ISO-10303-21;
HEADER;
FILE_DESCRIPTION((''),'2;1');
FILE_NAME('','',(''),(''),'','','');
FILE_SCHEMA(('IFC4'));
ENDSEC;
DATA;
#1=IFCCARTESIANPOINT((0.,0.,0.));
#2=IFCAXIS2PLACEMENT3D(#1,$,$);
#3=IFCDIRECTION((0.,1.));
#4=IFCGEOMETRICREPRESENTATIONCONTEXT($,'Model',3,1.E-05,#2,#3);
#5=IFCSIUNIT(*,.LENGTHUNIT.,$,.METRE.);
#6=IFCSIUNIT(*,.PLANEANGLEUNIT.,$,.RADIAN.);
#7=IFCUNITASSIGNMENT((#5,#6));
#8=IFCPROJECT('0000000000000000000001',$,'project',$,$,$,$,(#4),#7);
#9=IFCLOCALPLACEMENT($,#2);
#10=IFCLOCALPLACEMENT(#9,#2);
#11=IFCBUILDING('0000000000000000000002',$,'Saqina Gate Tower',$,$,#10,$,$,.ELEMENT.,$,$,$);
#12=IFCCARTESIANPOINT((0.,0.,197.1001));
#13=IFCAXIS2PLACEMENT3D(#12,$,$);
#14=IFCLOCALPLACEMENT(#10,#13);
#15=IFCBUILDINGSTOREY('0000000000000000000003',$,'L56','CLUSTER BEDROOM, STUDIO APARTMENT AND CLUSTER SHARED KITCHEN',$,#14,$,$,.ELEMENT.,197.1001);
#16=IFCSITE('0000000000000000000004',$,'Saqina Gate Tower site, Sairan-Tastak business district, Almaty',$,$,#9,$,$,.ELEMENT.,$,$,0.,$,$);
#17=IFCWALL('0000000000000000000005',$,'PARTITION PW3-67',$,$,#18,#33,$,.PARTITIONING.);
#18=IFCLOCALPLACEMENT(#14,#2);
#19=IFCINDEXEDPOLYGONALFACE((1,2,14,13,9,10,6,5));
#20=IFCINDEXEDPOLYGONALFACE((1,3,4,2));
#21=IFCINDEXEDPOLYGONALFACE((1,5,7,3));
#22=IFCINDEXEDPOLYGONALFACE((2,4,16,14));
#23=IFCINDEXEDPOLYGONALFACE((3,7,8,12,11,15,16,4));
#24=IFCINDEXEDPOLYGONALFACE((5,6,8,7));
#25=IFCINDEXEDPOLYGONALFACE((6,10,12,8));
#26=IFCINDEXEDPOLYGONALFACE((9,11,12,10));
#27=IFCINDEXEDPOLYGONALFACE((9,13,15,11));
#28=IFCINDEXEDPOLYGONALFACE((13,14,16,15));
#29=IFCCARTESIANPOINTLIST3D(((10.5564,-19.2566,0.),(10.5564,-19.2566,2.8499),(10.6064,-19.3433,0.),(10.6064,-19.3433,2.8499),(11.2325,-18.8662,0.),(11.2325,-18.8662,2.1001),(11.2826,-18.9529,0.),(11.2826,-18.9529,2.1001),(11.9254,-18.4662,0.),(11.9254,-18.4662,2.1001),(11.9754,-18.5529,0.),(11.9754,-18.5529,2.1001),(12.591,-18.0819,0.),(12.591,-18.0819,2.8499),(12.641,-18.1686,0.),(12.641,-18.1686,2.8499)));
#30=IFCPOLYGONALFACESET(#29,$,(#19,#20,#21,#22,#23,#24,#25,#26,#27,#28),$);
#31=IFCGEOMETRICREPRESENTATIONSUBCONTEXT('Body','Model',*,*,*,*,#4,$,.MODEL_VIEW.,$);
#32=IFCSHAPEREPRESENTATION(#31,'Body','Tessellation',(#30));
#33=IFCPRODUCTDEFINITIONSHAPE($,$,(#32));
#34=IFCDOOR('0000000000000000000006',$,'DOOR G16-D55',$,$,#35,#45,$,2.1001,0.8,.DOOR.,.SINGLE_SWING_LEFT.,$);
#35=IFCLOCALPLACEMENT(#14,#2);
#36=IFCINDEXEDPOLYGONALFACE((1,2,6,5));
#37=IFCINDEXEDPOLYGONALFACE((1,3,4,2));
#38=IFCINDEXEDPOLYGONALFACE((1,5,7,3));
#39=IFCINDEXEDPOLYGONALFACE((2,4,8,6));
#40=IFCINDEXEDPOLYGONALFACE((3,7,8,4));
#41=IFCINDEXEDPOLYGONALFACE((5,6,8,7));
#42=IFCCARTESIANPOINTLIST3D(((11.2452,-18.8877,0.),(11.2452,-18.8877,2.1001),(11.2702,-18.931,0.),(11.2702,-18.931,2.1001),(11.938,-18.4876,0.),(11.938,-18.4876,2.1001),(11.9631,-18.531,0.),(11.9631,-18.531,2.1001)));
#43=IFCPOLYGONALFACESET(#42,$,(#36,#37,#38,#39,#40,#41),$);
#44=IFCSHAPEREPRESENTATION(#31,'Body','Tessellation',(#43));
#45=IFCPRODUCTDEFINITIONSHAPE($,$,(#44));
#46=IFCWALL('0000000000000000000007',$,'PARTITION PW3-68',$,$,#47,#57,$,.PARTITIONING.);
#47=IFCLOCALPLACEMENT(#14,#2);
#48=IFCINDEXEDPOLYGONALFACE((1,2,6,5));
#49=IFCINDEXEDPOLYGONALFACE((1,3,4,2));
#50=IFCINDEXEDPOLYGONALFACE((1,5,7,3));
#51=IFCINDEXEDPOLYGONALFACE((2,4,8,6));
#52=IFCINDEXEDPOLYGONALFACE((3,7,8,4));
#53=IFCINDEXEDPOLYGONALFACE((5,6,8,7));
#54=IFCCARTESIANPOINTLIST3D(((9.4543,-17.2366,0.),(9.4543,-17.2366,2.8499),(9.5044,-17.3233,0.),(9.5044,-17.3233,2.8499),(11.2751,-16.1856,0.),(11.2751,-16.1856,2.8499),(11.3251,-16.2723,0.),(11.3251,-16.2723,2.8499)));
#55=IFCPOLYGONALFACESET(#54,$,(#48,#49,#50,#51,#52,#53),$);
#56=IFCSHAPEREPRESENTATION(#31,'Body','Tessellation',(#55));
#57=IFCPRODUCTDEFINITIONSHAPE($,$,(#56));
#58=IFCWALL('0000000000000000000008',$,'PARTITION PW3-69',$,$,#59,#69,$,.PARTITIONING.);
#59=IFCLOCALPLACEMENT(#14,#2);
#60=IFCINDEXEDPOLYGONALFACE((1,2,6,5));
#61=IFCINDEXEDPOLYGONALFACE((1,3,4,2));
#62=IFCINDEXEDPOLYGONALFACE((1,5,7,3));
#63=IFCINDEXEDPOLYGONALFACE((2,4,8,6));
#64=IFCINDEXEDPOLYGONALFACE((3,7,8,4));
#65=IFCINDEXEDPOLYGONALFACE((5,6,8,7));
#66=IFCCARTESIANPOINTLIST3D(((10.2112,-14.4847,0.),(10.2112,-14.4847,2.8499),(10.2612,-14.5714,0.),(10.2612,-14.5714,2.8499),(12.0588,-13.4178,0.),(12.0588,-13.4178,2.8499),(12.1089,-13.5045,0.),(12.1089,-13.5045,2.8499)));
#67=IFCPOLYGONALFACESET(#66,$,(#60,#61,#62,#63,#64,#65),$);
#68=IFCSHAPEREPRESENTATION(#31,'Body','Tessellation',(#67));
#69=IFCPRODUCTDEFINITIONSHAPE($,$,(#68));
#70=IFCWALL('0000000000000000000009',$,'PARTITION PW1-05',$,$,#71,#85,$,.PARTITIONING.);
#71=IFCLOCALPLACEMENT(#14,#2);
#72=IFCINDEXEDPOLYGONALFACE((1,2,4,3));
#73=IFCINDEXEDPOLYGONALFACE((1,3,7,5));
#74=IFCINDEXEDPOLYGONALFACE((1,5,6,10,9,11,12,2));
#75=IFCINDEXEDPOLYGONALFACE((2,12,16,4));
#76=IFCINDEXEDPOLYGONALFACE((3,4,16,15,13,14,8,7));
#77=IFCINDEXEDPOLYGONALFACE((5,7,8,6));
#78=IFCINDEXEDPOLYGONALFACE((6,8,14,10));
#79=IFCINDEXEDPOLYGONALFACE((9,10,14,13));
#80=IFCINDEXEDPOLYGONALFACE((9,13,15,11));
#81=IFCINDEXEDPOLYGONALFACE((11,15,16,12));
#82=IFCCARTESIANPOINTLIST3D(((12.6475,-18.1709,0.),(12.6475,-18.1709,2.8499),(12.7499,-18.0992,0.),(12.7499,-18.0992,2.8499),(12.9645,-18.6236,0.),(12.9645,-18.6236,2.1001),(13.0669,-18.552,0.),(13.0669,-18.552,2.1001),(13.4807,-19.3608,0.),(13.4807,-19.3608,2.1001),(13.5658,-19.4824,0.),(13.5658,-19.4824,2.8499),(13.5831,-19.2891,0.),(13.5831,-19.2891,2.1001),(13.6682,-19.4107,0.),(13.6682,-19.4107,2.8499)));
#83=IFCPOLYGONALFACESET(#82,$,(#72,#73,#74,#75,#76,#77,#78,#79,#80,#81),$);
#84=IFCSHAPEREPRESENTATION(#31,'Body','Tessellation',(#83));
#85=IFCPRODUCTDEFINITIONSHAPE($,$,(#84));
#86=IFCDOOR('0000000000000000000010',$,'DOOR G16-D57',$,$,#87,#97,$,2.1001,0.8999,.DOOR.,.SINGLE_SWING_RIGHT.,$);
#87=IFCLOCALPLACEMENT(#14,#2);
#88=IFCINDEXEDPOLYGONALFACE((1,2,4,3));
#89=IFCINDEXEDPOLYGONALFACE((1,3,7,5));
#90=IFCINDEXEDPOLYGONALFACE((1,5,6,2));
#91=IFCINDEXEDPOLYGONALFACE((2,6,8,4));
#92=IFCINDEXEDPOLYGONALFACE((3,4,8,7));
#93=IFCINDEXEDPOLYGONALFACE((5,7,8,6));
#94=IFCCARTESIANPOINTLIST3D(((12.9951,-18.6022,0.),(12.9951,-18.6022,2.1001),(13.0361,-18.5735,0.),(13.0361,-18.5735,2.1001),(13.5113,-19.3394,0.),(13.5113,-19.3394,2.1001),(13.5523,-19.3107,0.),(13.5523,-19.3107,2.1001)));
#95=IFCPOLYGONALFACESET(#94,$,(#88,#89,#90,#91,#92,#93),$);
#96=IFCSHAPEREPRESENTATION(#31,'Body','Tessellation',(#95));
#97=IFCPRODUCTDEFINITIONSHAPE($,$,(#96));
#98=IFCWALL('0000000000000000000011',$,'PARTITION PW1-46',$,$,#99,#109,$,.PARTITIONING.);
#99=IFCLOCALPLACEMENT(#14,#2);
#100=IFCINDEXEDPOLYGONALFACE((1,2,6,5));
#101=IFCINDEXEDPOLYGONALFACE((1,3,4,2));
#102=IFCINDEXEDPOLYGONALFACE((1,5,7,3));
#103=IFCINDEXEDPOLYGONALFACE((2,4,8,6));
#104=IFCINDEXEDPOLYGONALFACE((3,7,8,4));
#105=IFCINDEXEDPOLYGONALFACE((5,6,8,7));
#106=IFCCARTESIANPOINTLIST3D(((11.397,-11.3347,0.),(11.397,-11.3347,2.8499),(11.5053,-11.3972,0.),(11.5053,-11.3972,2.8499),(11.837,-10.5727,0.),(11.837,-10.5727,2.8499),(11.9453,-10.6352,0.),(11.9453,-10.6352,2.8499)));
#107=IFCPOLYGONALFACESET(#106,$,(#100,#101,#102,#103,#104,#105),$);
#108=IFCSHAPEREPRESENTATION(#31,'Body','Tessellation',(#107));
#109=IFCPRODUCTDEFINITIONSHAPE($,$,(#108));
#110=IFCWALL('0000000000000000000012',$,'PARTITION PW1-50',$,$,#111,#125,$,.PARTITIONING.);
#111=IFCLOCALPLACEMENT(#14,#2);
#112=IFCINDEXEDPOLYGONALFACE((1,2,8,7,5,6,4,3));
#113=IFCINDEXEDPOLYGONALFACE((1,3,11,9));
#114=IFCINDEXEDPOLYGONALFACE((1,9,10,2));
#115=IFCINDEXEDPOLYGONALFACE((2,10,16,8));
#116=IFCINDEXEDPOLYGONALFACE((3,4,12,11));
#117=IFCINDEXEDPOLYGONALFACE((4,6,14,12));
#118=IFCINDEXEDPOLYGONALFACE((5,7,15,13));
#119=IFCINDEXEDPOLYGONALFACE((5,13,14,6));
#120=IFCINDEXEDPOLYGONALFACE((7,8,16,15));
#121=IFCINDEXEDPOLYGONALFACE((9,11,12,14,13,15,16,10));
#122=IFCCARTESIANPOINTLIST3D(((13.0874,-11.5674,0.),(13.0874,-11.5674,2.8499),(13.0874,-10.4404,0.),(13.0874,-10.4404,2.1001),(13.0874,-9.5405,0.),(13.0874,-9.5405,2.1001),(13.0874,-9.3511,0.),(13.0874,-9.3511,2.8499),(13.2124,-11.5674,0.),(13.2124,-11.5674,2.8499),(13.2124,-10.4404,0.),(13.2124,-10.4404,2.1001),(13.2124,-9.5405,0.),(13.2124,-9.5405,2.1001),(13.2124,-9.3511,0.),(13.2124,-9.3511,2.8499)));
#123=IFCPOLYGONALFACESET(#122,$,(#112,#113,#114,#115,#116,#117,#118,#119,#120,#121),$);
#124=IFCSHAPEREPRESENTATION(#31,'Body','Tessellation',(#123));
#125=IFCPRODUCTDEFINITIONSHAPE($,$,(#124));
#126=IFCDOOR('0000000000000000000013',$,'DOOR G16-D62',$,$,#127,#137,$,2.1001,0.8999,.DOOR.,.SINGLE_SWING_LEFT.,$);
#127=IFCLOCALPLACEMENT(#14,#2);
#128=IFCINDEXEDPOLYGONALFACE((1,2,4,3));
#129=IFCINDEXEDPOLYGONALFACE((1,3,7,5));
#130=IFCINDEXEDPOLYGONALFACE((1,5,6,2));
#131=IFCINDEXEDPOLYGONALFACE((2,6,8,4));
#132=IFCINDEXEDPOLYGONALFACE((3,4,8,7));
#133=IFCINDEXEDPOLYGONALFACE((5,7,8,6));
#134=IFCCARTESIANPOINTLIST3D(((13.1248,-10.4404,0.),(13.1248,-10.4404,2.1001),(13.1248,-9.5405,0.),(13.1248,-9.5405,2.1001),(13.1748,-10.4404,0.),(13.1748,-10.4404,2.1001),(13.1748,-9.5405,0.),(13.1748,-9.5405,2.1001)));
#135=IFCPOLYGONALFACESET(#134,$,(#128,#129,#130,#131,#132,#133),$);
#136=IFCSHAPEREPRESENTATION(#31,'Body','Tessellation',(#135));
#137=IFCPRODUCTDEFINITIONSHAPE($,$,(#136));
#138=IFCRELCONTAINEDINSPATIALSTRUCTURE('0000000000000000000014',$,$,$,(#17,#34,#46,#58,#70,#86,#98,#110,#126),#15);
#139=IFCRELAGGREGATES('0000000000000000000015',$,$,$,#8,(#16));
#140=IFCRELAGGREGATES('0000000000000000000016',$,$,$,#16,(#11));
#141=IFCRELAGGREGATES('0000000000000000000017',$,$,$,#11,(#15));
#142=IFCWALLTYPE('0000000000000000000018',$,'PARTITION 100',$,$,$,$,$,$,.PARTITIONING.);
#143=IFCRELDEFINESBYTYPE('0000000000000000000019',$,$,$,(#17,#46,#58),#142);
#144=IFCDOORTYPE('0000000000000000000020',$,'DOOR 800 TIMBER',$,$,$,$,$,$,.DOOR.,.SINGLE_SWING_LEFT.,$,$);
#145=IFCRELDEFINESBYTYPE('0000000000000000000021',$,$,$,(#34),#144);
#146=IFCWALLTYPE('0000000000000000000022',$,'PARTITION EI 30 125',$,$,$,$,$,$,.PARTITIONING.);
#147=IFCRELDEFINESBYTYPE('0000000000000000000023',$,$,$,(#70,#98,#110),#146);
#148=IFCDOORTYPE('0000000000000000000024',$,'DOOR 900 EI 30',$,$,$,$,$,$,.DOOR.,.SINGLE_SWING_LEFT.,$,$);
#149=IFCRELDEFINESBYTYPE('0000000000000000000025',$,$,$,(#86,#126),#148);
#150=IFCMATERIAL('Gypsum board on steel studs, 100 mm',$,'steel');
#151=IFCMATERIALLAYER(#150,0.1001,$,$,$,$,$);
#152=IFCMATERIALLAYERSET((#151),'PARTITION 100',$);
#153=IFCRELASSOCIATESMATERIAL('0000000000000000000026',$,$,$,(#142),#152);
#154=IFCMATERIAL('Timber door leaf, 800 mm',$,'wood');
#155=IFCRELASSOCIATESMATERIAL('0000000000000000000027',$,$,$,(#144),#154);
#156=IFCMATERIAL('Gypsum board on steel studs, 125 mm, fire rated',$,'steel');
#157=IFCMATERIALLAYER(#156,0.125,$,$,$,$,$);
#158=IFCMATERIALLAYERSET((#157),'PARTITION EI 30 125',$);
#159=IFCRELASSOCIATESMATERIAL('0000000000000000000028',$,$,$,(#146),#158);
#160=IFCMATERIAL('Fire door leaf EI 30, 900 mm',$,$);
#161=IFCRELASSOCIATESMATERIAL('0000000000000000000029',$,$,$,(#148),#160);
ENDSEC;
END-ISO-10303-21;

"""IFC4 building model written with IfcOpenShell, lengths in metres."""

from ifc_helpers import new_model, si_unit, direction, frame, frame_2d, origin, place, context, subcontext, project, spatial, rectangle, extrude, material, layer, layer_set, type_object, element, fill, save


model = new_model("IFC4")

# Units and contexts
model_context = context("Model", 3, precision=1e-05, world=origin(), true_north=direction((0.0, 1.0)))
body_context = subcontext(model_context, "Body", "Model", "MODEL_VIEW")
ifc_project = project(units=[si_unit("LENGTHUNIT", "METRE"), si_unit("PLANEANGLEUNIT", "RADIAN")], contexts=[model_context])

# Site, building, storey
site_placement = place(None, origin())
site = spatial("IfcSite", under=ifc_project, at=site_placement, Name="Saqina Gate Tower site, Sairan-Tastak business district, Almaty", CompositionType="ELEMENT", RefElevation=0.0)
building_placement = place(site_placement, origin())
building = spatial("IfcBuilding", under=site, at=building_placement, Name="Saqina Gate Tower", CompositionType="ELEMENT")
storey_placement = place(building_placement, frame((0.0, 0.0, 197.1001)))
storey = spatial("IfcBuildingStorey", under=building, at=storey_placement, Name="L56", Description="CLUSTER BEDROOM, STUDIO APARTMENT AND CLUSTER SHARED KITCHEN", CompositionType="ELEMENT", Elevation=197.1001)

# Shared definitions
ifc_material_1 = material(Name="Gypsum board on steel studs, 100 mm", Category="steel")
ifc_layer_1 = layer(ifc_material_1, 0.1001)
ifc_layer_set_1 = layer_set([ifc_layer_1], Name="PARTITION 100")
wall_type_1 = type_object("IfcWallType", Name="PARTITION 100", PredefinedType="PARTITIONING", material=ifc_layer_set_1)

# Shared definitions
ifc_material_2 = material(Name="Timber door leaf, 800 mm", Category="wood")
door_type_1 = type_object("IfcDoorType", Name="DOOR 800 TIMBER", OperationType="SINGLE_SWING_LEFT", PredefinedType="DOOR", material=ifc_material_2)

# Wall, opening, door
wall_1_placement = place(storey_placement, frame((10.5813, -19.3, 0.0), z_axis=(0.0, 0.0, 1.0), x_axis=(0.866009, 0.500028, 0.0)))
wall_1 = element("IfcWall", 1, at=wall_1_placement, inside=storey, type_object=wall_type_1, Name="PARTITION PW3-67", PredefinedType="PARTITIONING", context=body_context, shape_type="SweptSolid", body=[
    extrude(rectangle(XDim=2.3494, YDim=0.1001, at=frame_2d((1.1748, 0.0))), origin(), (0.0, 0.0, 1.0), 2.8499),
])
opening_1_placement = place(wall_1_placement, frame((0.781, 0.0, 0.0)))
opening_1 = element("IfcOpeningElement", 2, at=opening_1_placement, cuts=wall_1, PredefinedType="OPENING", context=body_context, shape_type="SweptSolid", body=[
    extrude(rectangle(XDim=0.8, YDim=2.1001, at=frame_2d((0.3999, 1.05))), frame((0.0, 0.062, 0.0), z_axis=(0.0, -1.0, 0.0), x_axis=(1.0, 0.0, 0.0)), (0.0, 0.0, 1.0), 0.124),
])
door_1_placement = place(opening_1_placement, frame((0.8, 0.0, 0.0), z_axis=(0.0, 0.0, 1.0), x_axis=(-1.0, 0.0, 0.0)))
door_1 = element("IfcDoor", 3, at=door_1_placement, inside=storey, type_object=door_type_1, Name="DOOR G16-D55", OperationType="SINGLE_SWING_LEFT", OverallHeight=2.1001, OverallWidth=0.8, PredefinedType="DOOR", context=body_context, shape_type="SweptSolid", body=[
    extrude(rectangle(XDim=0.8, YDim=2.1001, at=frame_2d((0.3999, 1.05))), frame((0.0, 0.0249, 0.0), z_axis=(0.0, -1.0, 0.0), x_axis=(1.0, 0.0, 0.0)), (0.0, 0.0, 1.0), 0.05),
])
fill(opening_1, door_1)

# Walls
wall_2_placement = place(storey_placement, frame((9.4792, -17.28, 0.0), z_axis=(0.0, 0.0, 1.0), x_axis=(0.86607, 0.499924, 0.0)))
element("IfcWall", 4, at=wall_2_placement, inside=storey, type_object=wall_type_1, Name="PARTITION PW3-68", PredefinedType="PARTITIONING", context=body_context, shape_type="SweptSolid", body=[
    extrude(rectangle(XDim=2.1023, YDim=0.1001, at=frame_2d((1.0513, 0.0))), origin(), (0.0, 0.0, 1.0), 2.8499),
])
wall_3_placement = place(storey_placement, frame((10.2361, -14.5281, 0.0), z_axis=(0.0, 0.0, 1.0), x_axis=(0.865995, 0.500053, 0.0)))
element("IfcWall", 5, at=wall_3_placement, inside=storey, type_object=wall_type_1, Name="PARTITION PW3-69", PredefinedType="PARTITIONING", context=body_context, shape_type="SweptSolid", body=[
    extrude(rectangle(XDim=2.1335, YDim=0.1001, at=frame_2d((1.0669, 0.0))), origin(), (0.0, 0.0, 1.0), 2.8499),
])

# Wall, opening, door
ifc_material_3 = material(Name="Gypsum board on steel studs, 125 mm, fire rated", Category="steel")
ifc_layer_2 = layer(ifc_material_3, 0.125)
ifc_layer_set_2 = layer_set([ifc_layer_2], Name="PARTITION EI 30 125")
wall_type_2 = type_object("IfcWallType", Name="PARTITION EI 30 125", PredefinedType="PARTITIONING", material=ifc_layer_set_2)
wall_4_placement = place(storey_placement, frame((12.6987, -18.135, 0.0), z_axis=(0.0, 0.0, 1.0), x_axis=(0.573524, -0.819189, 0.0)))
wall_4 = element("IfcWall", 6, at=wall_4_placement, inside=storey, type_object=wall_type_2, Name="PARTITION PW1-05", PredefinedType="PARTITIONING", context=body_context, shape_type="SweptSolid", body=[
    extrude(rectangle(XDim=1.6011, YDim=0.125, at=frame_2d((0.8005, 0.0))), origin(), (0.0, 0.0, 1.0), 2.8499),
])
opening_2_placement = place(wall_4_placement, frame((0.5527, 0.0, 0.0)))
opening_2 = element("IfcOpeningElement", 7, at=opening_2_placement, cuts=wall_4, PredefinedType="OPENING", context=body_context, shape_type="SweptSolid", body=[
    extrude(rectangle(XDim=0.8999, YDim=2.1001, at=frame_2d((0.45, 1.05))), frame((0.0, 0.0745, 0.0), z_axis=(0.0, -1.0, 0.0), x_axis=(1.0, 0.0, 0.0)), (0.0, 0.0, 1.0), 0.1489),
])
ifc_material_4 = material(Name="Fire door leaf EI 30, 900 mm")
door_type_2 = type_object("IfcDoorType", Name="DOOR 900 EI 30", OperationType="SINGLE_SWING_LEFT", PredefinedType="DOOR", material=ifc_material_4)
door_2_placement = place(opening_2_placement, origin())
door_2 = element("IfcDoor", 8, at=door_2_placement, inside=storey, type_object=door_type_2, Name="DOOR G16-D57", OperationType="SINGLE_SWING_RIGHT", OverallHeight=2.1001, OverallWidth=0.8999, PredefinedType="DOOR", context=body_context, shape_type="SweptSolid", body=[
    extrude(rectangle(XDim=0.8999, YDim=2.1001, at=frame_2d((0.45, 1.05))), frame((0.0, 0.0249, 0.0), z_axis=(0.0, -1.0, 0.0), x_axis=(1.0, 0.0, 0.0)), (0.0, 0.0, 1.0), 0.05),
])
fill(opening_2, door_2)

# Wall
wall_5_placement = place(storey_placement, frame((11.4512, -11.366, 0.0), z_axis=(0.0, 0.0, 1.0), x_axis=(0.500019, 0.866015, 0.0)))
element("IfcWall", 9, at=wall_5_placement, inside=storey, type_object=wall_type_2, Name="PARTITION PW1-46", PredefinedType="PARTITIONING", context=body_context, shape_type="SweptSolid", body=[
    extrude(rectangle(XDim=0.8799, YDim=0.125, at=frame_2d((0.4399, 0.0))), origin(), (0.0, 0.0, 1.0), 2.8499),
])

# Wall, opening, door
wall_6_placement = place(storey_placement, frame((13.1499, -11.5674, 0.0), z_axis=(0.0, 0.0, 1.0), x_axis=(0.0, 1.0, 0.0)))
wall_6 = element("IfcWall", 10, at=wall_6_placement, inside=storey, type_object=wall_type_2, Name="PARTITION PW1-50", PredefinedType="PARTITIONING", context=body_context, shape_type="SweptSolid", body=[
    extrude(rectangle(XDim=2.2163, YDim=0.125, at=frame_2d((1.1082, 0.0))), origin(), (0.0, 0.0, 1.0), 2.8499),
])
opening_3_placement = place(wall_6_placement, frame((1.127, 0.0, 0.0)))
opening_3 = element("IfcOpeningElement", 11, at=opening_3_placement, cuts=wall_6, PredefinedType="OPENING", context=body_context, shape_type="SweptSolid", body=[
    extrude(rectangle(XDim=0.8999, YDim=2.1001, at=frame_2d((0.45, 1.05))), frame((0.0, 0.0745, 0.0), z_axis=(0.0, -1.0, 0.0), x_axis=(1.0, 0.0, 0.0)), (0.0, 0.0, 1.0), 0.1489),
])
door_3_placement = place(opening_3_placement, frame((0.8999, 0.0, 0.0), z_axis=(0.0, 0.0, 1.0), x_axis=(-1.0, 0.0, 0.0)))
door_3 = element("IfcDoor", 12, at=door_3_placement, inside=storey, type_object=door_type_2, Name="DOOR G16-D62", OperationType="SINGLE_SWING_LEFT", OverallHeight=2.1001, OverallWidth=0.8999, PredefinedType="DOOR", context=body_context, shape_type="SweptSolid", body=[
    extrude(rectangle(XDim=0.8999, YDim=2.1001, at=frame_2d((0.45, 1.05))), frame((0.0, 0.0249, 0.0), z_axis=(0.0, -1.0, 0.0), x_axis=(1.0, 0.0, 0.0)), (0.0, 0.0, 1.0), 0.05),
])
fill(opening_3, door_3)

save(model, "model.ifc")
